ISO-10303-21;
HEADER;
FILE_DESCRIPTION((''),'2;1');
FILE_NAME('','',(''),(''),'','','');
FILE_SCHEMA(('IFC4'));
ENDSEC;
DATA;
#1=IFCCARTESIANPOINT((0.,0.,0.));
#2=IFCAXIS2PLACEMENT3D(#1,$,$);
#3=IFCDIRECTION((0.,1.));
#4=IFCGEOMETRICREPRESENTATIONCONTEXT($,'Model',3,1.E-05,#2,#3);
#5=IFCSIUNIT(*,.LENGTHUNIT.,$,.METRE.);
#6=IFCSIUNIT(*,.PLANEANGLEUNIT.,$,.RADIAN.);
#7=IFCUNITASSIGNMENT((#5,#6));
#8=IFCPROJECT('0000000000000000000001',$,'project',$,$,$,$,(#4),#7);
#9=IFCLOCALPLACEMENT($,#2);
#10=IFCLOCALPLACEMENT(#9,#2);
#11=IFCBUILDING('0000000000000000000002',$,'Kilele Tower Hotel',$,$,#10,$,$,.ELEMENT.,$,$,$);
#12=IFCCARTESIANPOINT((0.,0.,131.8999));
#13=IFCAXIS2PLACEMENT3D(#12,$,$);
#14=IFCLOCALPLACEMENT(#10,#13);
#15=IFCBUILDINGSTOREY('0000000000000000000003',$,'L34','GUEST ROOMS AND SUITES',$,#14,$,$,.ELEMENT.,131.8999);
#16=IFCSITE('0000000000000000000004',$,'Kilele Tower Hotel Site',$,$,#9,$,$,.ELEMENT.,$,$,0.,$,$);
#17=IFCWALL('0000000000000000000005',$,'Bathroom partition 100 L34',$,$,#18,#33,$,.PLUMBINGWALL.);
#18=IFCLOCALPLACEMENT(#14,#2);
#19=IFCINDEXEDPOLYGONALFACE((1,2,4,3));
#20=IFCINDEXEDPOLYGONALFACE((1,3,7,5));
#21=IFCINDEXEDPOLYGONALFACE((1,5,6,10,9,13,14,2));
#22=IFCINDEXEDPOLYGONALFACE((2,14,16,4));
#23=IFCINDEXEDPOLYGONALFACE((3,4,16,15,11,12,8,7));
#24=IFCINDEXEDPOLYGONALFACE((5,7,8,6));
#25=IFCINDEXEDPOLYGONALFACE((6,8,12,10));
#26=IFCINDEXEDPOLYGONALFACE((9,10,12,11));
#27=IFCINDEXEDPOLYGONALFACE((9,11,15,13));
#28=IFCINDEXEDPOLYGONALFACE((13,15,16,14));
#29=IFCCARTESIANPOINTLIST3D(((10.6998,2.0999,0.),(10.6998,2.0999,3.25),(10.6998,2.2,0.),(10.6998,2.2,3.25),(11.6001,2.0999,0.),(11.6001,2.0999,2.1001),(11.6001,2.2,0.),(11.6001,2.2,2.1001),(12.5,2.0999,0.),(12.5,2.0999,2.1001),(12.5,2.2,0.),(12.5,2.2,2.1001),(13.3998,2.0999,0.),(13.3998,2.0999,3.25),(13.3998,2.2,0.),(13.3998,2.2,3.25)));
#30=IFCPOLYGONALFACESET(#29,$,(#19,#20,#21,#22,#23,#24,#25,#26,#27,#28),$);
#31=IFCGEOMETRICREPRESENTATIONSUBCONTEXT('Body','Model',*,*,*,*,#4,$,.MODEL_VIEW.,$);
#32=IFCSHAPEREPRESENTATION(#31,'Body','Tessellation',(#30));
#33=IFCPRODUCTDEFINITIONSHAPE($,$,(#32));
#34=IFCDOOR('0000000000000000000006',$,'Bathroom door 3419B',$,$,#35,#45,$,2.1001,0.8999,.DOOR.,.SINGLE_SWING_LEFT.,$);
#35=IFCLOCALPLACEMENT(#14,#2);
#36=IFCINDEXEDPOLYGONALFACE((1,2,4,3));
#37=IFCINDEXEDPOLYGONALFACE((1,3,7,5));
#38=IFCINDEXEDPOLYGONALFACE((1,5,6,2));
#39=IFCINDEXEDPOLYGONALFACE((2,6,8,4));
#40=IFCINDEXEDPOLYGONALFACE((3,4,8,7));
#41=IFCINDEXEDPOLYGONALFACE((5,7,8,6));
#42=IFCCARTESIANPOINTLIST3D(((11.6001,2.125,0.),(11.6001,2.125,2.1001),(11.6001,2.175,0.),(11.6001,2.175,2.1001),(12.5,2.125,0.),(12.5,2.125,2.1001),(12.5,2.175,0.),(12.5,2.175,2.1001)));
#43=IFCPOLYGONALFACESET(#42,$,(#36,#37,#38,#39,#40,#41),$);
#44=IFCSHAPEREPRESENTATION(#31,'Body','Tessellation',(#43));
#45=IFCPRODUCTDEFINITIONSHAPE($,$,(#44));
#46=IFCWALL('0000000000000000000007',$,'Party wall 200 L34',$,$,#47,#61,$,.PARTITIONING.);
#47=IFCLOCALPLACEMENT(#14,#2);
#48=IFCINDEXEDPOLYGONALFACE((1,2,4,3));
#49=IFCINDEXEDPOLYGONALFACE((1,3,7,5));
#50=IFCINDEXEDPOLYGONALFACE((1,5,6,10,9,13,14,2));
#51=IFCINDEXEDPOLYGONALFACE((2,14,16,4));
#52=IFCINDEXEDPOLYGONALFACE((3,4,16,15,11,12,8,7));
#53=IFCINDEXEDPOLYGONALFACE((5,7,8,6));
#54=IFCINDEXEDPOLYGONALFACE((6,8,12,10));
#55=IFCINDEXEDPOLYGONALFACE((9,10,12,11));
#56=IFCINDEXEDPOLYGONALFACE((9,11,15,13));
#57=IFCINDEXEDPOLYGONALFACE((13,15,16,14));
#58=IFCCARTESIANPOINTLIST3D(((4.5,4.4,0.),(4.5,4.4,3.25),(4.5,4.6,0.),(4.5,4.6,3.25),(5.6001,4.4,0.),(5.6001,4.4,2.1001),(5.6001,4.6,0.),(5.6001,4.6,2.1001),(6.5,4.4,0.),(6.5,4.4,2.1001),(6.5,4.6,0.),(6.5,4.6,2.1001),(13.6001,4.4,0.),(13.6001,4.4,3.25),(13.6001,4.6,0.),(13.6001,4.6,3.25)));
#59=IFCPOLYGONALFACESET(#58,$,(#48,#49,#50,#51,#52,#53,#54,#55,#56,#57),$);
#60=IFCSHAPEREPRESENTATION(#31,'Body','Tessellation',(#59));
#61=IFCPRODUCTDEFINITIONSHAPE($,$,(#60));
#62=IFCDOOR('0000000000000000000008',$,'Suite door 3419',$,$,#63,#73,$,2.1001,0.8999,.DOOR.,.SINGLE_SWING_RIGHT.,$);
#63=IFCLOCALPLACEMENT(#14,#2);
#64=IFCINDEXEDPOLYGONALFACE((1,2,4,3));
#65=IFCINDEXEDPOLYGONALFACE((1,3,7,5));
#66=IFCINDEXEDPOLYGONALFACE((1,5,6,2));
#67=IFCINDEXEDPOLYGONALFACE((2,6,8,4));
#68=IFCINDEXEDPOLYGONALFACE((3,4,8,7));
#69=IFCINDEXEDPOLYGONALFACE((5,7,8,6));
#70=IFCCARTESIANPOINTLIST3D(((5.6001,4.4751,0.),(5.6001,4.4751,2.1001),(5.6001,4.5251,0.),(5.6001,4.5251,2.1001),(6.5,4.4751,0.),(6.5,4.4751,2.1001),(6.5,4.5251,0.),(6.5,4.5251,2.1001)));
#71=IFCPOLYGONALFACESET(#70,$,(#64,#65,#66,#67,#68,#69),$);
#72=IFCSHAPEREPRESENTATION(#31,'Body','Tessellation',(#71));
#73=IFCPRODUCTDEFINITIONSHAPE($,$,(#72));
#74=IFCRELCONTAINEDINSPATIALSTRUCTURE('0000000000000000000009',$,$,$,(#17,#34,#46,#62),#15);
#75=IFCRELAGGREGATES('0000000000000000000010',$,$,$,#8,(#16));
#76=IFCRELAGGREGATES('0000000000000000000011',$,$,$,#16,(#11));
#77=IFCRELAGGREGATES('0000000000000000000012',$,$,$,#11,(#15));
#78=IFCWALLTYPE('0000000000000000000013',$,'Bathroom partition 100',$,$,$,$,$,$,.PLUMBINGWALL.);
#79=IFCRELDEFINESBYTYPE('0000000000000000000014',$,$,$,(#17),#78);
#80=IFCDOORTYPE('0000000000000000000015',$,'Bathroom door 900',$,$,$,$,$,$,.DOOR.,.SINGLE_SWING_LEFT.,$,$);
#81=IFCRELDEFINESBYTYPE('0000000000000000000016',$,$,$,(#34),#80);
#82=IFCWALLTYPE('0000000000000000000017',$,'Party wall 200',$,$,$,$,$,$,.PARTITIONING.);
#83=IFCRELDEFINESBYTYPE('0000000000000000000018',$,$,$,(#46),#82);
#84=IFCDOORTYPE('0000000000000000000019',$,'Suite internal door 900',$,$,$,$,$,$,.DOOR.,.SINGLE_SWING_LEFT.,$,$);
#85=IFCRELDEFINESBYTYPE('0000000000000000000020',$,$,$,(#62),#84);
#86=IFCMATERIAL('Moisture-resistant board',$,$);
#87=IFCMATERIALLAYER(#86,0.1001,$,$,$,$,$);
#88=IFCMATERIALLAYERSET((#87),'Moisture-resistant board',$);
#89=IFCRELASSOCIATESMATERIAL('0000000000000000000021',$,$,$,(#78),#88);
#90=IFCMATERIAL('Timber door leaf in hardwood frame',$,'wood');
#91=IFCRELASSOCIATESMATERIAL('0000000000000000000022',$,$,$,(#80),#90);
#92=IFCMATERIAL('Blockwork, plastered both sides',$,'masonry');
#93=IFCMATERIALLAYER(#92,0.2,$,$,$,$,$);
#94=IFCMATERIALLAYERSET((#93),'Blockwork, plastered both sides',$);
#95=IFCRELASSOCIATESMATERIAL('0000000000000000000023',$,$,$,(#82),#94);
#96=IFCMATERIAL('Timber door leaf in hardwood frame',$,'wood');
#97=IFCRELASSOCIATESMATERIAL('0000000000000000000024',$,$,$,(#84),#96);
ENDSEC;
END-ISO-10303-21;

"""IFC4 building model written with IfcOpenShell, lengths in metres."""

from ifc_helpers import new_model, si_unit, direction, frame, frame_2d, origin, place, context, subcontext, project, spatial, rectangle, extrude, material, layer, layer_set, type_object, element, fill, save


model = new_model("IFC4")

# Units and contexts
model_context = context("Model", 3, precision=1e-05, world=origin(), true_north=direction((0.0, 1.0)))
body_context = subcontext(model_context, "Body", "Model", "MODEL_VIEW")
ifc_project = project(units=[si_unit("LENGTHUNIT", "METRE"), si_unit("PLANEANGLEUNIT", "RADIAN")], contexts=[model_context])

# Site, building, storey
site_placement = place(None, origin())
site = spatial("IfcSite", under=ifc_project, at=site_placement, Name="Kilele Tower Hotel Site", CompositionType="ELEMENT", RefElevation=0.0)
building_placement = place(site_placement, origin())
building = spatial("IfcBuilding", under=site, at=building_placement, Name="Kilele Tower Hotel", CompositionType="ELEMENT")
storey_placement = place(building_placement, frame((0.0, 0.0, 131.8999)))
storey = spatial("IfcBuildingStorey", under=building, at=storey_placement, Name="L34", Description="GUEST ROOMS AND SUITES", CompositionType="ELEMENT", Elevation=131.8999)

# Shared definitions
ifc_material_1 = material(Name="Moisture-resistant board")
ifc_layer_1 = layer(ifc_material_1, 0.1001)
ifc_layer_set_1 = layer_set([ifc_layer_1], Name="Moisture-resistant board")
wall_type_1 = type_object("IfcWallType", Name="Bathroom partition 100", PredefinedType="PLUMBINGWALL", material=ifc_layer_set_1)

# Walls, openings, doors
ifc_material_2 = material(Name="Timber door leaf in hardwood frame", Category="wood")
door_type_1 = type_object("IfcDoorType", Name="Bathroom door 900", OperationType="SINGLE_SWING_LEFT", PredefinedType="DOOR", material=ifc_material_2)
wall_1_placement = place(storey_placement, frame((13.3999, 2.1499, 0.0), z_axis=(0.0, 0.0, 1.0), x_axis=(-1.0, 0.0, 0.0)))
wall_1 = element("IfcWall", 1, at=wall_1_placement, inside=storey, type_object=wall_type_1, Name="Bathroom partition 100 L34", PredefinedType="PLUMBINGWALL", context=body_context, shape_type="SweptSolid", body=[
    extrude(rectangle(XDim=2.7, YDim=0.1001, at=frame_2d((1.3501, 0.0))), origin(), (0.0, 0.0, 1.0), 3.25),
])
opening_1_placement = place(wall_1_placement, frame((0.8999, 0.0, 0.0)))
opening_1 = element("IfcOpeningElement", 2, at=opening_1_placement, cuts=wall_1, PredefinedType="OPENING", context=body_context, shape_type="SweptSolid", body=[
    extrude(rectangle(XDim=0.8999, YDim=2.1001, at=frame_2d((0.45, 1.05))), frame((0.0, 0.0601, 0.0), z_axis=(0.0, -1.0, 0.0), x_axis=(1.0, 0.0, 0.0)), (0.0, 0.0, 1.0), 0.1201),
])
door_1_placement = place(opening_1_placement, origin())
door_1 = element("IfcDoor", 3, at=door_1_placement, inside=storey, type_object=door_type_1, Name="Bathroom door 3419B", OperationType="SINGLE_SWING_LEFT", OverallHeight=2.1001, OverallWidth=0.8999, PredefinedType="DOOR", context=body_context, shape_type="SweptSolid", body=[
    extrude(rectangle(XDim=0.8999, YDim=2.1001, at=frame_2d((0.45, 1.05))), frame((0.0, 0.0249, 0.0), z_axis=(0.0, -1.0, 0.0), x_axis=(1.0, 0.0, 0.0)), (0.0, 0.0, 1.0), 0.05),
])
fill(opening_1, door_1)
ifc_material_3 = material(Name="Blockwork, plastered both sides", Category="masonry")
ifc_layer_2 = layer(ifc_material_3, 0.2)
ifc_layer_set_2 = layer_set([ifc_layer_2], Name="Blockwork, plastered both sides")
wall_type_2 = type_object("IfcWallType", Name="Party wall 200", PredefinedType="PARTITIONING", material=ifc_layer_set_2)
wall_2_placement = place(storey_placement, frame((13.6001, 4.5, 0.0), z_axis=(0.0, 0.0, 1.0), x_axis=(-1.0, 0.0, 0.0)))
wall_2 = element("IfcWall", 4, at=wall_2_placement, inside=storey, type_object=wall_type_2, Name="Party wall 200 L34", PredefinedType="PARTITIONING", context=body_context, shape_type="SweptSolid", body=[
    extrude(rectangle(XDim=9.1001, YDim=0.2, at=frame_2d((4.55, 0.0))), origin(), (0.0, 0.0, 1.0), 3.25),
])
opening_2_placement = place(wall_2_placement, frame((7.1001, 0.0, 0.0)))
opening_2 = element("IfcOpeningElement", 5, at=opening_2_placement, cuts=wall_2, PredefinedType="OPENING", context=body_context, shape_type="SweptSolid", body=[
    extrude(rectangle(XDim=0.8999, YDim=2.1001, at=frame_2d((0.45, 1.05))), frame((0.0, 0.1099, 0.0), z_axis=(0.0, -1.0, 0.0), x_axis=(1.0, 0.0, 0.0)), (0.0, 0.0, 1.0), 0.22),
])
ifc_material_4 = material(Name="Timber door leaf in hardwood frame", Category="wood")
door_type_2 = type_object("IfcDoorType", Name="Suite internal door 900", OperationType="SINGLE_SWING_LEFT", PredefinedType="DOOR", material=ifc_material_4)
door_2_placement = place(opening_2_placement, origin())
door_2 = element("IfcDoor", 6, at=door_2_placement, inside=storey, type_object=door_type_2, Name="Suite door 3419", OperationType="SINGLE_SWING_RIGHT", OverallHeight=2.1001, OverallWidth=0.8999, PredefinedType="DOOR", context=body_context, shape_type="SweptSolid", body=[
    extrude(rectangle(XDim=0.8999, YDim=2.1001, at=frame_2d((0.45, 1.05))), frame((0.0, 0.0249, 0.0), z_axis=(0.0, -1.0, 0.0), x_axis=(1.0, 0.0, 0.0)), (0.0, 0.0, 1.0), 0.05),
])
fill(opening_2, door_2)

save(model, "model.ifc")
